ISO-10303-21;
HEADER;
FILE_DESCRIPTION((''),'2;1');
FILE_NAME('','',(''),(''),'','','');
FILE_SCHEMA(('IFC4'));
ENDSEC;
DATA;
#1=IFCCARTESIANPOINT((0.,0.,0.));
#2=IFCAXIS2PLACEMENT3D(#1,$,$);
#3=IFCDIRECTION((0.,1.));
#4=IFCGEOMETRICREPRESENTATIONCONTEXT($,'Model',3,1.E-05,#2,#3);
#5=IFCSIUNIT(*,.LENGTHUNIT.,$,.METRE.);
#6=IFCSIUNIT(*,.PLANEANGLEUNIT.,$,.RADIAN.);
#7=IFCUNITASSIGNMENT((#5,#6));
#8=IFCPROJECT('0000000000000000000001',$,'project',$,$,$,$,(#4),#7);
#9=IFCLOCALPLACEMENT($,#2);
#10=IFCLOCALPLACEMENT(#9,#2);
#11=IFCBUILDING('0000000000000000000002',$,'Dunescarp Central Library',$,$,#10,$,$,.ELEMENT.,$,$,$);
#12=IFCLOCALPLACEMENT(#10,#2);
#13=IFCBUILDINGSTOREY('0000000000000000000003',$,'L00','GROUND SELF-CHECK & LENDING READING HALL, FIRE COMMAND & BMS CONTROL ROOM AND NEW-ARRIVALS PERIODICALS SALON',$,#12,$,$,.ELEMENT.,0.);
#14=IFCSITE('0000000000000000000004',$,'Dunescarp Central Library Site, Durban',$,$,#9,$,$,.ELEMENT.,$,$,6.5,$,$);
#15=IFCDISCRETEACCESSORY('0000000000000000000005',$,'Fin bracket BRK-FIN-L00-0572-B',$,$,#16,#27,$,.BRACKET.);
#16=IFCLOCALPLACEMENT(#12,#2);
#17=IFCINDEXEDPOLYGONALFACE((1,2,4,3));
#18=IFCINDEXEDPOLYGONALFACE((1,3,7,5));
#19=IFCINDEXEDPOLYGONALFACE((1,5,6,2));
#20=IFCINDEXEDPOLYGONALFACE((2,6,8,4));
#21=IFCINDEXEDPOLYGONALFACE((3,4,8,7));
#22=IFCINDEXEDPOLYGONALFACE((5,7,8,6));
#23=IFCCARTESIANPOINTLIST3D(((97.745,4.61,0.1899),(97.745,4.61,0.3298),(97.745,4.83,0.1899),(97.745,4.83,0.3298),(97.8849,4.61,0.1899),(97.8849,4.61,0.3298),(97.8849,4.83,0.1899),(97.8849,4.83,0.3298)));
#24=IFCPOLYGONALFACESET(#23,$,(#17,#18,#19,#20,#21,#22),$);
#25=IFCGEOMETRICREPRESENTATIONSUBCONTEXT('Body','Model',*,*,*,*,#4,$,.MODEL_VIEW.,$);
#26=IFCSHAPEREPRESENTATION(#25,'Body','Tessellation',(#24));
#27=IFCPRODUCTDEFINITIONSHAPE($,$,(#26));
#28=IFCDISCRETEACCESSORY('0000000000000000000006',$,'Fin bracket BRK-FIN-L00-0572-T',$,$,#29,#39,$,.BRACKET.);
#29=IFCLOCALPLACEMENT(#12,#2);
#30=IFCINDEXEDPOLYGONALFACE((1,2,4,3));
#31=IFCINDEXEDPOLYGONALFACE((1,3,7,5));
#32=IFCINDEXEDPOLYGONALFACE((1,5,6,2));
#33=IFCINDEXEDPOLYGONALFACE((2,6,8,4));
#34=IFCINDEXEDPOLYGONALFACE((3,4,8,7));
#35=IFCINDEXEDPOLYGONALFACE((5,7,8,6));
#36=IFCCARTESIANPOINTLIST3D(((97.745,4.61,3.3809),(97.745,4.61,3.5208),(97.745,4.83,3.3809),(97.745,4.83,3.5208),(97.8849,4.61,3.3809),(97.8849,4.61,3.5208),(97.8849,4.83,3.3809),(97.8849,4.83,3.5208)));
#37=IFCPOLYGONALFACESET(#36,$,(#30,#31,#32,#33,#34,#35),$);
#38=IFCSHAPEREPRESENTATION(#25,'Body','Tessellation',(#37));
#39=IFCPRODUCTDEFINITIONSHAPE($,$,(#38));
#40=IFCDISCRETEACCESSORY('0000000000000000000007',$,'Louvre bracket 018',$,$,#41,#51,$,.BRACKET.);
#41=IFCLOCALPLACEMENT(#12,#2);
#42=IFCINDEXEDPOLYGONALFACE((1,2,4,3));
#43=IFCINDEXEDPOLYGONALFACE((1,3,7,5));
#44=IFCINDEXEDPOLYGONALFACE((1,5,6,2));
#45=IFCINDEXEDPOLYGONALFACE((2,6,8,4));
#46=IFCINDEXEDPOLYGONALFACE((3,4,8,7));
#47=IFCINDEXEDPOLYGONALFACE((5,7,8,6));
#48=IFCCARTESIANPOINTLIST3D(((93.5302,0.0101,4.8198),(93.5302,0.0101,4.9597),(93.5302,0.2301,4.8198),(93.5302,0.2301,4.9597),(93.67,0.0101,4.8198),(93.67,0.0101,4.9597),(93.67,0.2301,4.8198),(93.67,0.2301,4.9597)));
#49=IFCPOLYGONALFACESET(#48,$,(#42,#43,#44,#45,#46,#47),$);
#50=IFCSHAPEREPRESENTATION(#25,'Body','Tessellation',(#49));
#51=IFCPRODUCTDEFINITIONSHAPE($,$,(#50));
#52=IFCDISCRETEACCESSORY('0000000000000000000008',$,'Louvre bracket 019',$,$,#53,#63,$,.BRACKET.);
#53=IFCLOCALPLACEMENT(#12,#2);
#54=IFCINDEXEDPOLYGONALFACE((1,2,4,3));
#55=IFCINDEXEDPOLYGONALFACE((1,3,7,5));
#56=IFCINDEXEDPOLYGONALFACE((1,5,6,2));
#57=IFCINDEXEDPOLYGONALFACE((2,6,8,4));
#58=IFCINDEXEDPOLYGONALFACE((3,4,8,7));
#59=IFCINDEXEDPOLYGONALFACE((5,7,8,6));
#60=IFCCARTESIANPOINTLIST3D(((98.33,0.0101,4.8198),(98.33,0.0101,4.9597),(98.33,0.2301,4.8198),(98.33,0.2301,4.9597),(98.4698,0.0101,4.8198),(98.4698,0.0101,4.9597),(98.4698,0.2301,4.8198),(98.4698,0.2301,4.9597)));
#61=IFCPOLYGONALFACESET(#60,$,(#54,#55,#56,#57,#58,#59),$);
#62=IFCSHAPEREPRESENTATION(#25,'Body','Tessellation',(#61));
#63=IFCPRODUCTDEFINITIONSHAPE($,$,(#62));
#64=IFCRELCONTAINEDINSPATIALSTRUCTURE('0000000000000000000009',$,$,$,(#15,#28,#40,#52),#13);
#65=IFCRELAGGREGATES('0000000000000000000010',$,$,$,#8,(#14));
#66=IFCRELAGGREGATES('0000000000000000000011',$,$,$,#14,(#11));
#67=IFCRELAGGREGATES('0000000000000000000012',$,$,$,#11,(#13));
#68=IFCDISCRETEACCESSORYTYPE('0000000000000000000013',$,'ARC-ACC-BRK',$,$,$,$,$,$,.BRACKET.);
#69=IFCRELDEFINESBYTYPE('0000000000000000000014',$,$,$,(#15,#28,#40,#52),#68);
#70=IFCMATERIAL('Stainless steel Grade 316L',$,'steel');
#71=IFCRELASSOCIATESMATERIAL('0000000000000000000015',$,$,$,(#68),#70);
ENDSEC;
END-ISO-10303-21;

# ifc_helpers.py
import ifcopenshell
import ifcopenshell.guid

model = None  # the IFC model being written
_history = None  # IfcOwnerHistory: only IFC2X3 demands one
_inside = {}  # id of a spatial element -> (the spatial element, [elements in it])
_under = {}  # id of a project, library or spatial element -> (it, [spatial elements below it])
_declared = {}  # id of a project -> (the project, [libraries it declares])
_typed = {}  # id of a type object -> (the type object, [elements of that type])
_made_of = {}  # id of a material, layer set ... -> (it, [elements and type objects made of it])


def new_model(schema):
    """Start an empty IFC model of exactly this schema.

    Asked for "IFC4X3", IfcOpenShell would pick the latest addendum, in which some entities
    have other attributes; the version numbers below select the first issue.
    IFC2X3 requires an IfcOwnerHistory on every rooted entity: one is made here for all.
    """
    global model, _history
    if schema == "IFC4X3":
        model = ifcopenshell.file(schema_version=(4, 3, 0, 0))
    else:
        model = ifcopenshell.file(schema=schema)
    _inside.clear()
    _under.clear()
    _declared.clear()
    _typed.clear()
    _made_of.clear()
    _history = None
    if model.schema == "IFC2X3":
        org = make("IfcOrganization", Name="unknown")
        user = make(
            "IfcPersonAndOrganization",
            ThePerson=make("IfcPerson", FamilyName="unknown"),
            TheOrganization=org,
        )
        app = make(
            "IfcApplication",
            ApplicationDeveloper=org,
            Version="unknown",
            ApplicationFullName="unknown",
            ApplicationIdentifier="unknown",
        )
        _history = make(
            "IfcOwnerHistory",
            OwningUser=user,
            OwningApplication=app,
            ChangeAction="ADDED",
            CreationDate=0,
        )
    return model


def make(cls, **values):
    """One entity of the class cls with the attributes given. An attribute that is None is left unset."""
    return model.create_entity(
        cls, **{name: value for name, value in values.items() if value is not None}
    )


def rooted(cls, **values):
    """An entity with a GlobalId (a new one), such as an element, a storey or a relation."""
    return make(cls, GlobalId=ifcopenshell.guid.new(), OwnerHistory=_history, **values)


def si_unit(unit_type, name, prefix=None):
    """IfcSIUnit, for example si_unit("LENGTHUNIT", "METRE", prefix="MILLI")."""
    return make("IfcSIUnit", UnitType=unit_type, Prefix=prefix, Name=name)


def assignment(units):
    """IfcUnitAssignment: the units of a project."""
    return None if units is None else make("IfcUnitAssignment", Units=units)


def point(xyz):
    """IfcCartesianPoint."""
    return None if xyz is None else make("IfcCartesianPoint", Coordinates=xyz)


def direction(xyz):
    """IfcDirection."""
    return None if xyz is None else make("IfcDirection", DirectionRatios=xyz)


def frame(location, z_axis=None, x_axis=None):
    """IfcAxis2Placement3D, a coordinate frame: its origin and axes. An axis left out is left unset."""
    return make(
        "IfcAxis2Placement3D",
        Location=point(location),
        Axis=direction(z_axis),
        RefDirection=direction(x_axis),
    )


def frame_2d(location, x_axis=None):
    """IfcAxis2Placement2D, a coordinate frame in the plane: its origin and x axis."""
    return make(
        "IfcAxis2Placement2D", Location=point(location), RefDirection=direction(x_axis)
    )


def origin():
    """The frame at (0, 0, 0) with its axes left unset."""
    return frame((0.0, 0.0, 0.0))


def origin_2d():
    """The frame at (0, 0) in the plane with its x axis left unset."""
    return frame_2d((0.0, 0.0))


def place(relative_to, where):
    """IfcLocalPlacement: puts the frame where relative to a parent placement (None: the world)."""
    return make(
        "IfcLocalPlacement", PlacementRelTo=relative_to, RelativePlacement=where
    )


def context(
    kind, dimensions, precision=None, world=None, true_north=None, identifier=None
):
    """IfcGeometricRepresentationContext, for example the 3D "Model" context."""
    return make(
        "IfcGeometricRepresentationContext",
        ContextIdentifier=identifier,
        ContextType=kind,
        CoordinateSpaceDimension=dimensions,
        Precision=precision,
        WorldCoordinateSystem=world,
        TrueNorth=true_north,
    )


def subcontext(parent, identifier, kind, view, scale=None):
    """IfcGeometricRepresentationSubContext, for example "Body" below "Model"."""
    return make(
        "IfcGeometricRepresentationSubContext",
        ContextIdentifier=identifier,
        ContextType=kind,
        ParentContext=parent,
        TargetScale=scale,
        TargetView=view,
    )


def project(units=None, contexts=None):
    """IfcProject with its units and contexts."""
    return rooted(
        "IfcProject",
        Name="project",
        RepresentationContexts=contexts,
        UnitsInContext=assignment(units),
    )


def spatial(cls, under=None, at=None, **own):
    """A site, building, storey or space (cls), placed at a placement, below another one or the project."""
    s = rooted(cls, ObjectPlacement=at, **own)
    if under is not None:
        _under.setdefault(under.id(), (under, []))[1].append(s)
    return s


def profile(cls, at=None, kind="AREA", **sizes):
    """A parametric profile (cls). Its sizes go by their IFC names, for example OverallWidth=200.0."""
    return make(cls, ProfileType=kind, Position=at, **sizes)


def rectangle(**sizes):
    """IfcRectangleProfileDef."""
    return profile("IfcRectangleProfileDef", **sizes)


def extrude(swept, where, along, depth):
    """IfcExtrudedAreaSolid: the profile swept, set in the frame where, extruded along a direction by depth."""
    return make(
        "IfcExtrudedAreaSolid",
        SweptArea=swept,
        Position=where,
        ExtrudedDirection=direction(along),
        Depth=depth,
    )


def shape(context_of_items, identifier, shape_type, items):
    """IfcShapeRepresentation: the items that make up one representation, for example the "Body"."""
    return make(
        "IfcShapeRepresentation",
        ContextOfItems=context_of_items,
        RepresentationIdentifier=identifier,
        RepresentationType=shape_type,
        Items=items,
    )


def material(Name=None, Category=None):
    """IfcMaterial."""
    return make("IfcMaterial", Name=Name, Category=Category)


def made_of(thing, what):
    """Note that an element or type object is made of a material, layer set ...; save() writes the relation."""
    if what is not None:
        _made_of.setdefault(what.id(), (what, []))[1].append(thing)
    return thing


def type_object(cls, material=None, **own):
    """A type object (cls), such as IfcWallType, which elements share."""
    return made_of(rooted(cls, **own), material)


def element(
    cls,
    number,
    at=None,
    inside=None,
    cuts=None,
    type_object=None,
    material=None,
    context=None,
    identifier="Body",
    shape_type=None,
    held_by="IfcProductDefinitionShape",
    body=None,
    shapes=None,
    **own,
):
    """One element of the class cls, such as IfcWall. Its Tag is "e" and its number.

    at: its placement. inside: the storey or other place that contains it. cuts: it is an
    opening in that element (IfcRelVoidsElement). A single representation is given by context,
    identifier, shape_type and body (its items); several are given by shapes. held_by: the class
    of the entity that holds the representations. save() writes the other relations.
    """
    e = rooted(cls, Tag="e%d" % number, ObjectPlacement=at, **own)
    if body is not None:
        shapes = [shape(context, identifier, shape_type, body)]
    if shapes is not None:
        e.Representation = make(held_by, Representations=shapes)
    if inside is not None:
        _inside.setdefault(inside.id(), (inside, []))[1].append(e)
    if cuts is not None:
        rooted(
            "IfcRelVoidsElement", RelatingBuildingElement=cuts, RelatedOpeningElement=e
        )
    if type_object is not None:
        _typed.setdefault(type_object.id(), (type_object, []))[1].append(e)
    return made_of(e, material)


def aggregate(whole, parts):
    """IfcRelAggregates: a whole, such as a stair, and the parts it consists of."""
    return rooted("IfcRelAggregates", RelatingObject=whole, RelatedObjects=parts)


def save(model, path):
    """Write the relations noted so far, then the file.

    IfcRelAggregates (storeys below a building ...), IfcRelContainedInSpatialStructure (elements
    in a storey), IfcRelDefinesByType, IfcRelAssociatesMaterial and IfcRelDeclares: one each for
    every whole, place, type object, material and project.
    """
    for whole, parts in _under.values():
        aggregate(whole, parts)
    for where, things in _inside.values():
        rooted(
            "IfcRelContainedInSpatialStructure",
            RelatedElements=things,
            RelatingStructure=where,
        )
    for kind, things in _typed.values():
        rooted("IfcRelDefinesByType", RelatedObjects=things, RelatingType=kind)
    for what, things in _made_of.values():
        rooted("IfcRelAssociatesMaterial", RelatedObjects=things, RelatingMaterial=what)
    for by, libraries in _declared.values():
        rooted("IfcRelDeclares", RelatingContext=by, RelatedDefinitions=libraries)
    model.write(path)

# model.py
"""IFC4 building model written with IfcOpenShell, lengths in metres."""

from ifc_helpers import new_model, si_unit, direction, frame, origin, origin_2d, place, context, subcontext, project, spatial, rectangle, extrude, material, type_object, element, save


model = new_model("IFC4")

# Units and contexts
model_context = context("Model", 3, precision=1e-05, world=origin(), true_north=direction((0.0, 1.0)))
body_context = subcontext(model_context, "Body", "Model", "MODEL_VIEW")
ifc_project = project(units=[si_unit("LENGTHUNIT", "METRE"), si_unit("PLANEANGLEUNIT", "RADIAN")], contexts=[model_context])

# Site, building, storey
site_placement = place(None, origin())
site = spatial("IfcSite", under=ifc_project, at=site_placement, Name="Dunescarp Central Library Site, Durban", CompositionType="ELEMENT", RefElevation=6.5)
building_placement = place(site_placement, origin())
building = spatial("IfcBuilding", under=site, at=building_placement, Name="Dunescarp Central Library", CompositionType="ELEMENT")
storey_placement = place(building_placement, origin())
storey = spatial("IfcBuildingStorey", under=building, at=storey_placement, Name="L00", Description="GROUND SELF-CHECK & LENDING READING HALL, FIRE COMMAND & BMS CONTROL ROOM AND NEW-ARRIVALS PERIODICALS SALON", CompositionType="ELEMENT", Elevation=0.0)

# Discrete accessories
ifc_material_1 = material(Name="Stainless steel Grade 316L", Category="steel")
discrete_accessory_type = type_object("IfcDiscreteAccessoryType", Name="ARC-ACC-BRK", PredefinedType="BRACKET", material=ifc_material_1)
for number, where, z_axis, x_axis, name in (
    (1, (97.8149, 4.72, 0.1899), (0.0, 0.0, 1.0), (0.0, -1.0, 0.0), "Fin bracket BRK-FIN-L00-0572-B"),
    (2, (97.8149, 4.72, 3.3809), (0.0, 0.0, 1.0), (0.0, -1.0, 0.0), "Fin bracket BRK-FIN-L00-0572-T"),
):
    element("IfcDiscreteAccessory", number, at=place(storey_placement, frame(where, z_axis=z_axis, x_axis=x_axis)), inside=storey, type_object=discrete_accessory_type, Name=name, PredefinedType="BRACKET", context=body_context, shape_type="SweptSolid", body=[
        extrude(rectangle(XDim=0.22, YDim=0.1399, at=origin_2d()), origin(), (0.0, 0.0, 1.0), 0.1399),
    ])
for number, where, z_axis, x_axis, name in (
    (3, (93.6001, 0.1201, 4.8198), (0.0, 0.0, 1.0), (1.0, 0.0, 0.0), "Louvre bracket 018"),
    (4, (98.3999, 0.1201, 4.8198), (0.0, 0.0, 1.0), (1.0, 0.0, 0.0), "Louvre bracket 019"),
):
    element("IfcDiscreteAccessory", number, at=place(storey_placement, frame(where, z_axis=z_axis, x_axis=x_axis)), inside=storey, type_object=discrete_accessory_type, Name=name, PredefinedType="BRACKET", context=body_context, shape_type="SweptSolid", body=[
        extrude(rectangle(XDim=0.1399, YDim=0.22, at=origin_2d()), origin(), (0.0, 0.0, 1.0), 0.1399),
    ])

save(model, "model.ifc")
